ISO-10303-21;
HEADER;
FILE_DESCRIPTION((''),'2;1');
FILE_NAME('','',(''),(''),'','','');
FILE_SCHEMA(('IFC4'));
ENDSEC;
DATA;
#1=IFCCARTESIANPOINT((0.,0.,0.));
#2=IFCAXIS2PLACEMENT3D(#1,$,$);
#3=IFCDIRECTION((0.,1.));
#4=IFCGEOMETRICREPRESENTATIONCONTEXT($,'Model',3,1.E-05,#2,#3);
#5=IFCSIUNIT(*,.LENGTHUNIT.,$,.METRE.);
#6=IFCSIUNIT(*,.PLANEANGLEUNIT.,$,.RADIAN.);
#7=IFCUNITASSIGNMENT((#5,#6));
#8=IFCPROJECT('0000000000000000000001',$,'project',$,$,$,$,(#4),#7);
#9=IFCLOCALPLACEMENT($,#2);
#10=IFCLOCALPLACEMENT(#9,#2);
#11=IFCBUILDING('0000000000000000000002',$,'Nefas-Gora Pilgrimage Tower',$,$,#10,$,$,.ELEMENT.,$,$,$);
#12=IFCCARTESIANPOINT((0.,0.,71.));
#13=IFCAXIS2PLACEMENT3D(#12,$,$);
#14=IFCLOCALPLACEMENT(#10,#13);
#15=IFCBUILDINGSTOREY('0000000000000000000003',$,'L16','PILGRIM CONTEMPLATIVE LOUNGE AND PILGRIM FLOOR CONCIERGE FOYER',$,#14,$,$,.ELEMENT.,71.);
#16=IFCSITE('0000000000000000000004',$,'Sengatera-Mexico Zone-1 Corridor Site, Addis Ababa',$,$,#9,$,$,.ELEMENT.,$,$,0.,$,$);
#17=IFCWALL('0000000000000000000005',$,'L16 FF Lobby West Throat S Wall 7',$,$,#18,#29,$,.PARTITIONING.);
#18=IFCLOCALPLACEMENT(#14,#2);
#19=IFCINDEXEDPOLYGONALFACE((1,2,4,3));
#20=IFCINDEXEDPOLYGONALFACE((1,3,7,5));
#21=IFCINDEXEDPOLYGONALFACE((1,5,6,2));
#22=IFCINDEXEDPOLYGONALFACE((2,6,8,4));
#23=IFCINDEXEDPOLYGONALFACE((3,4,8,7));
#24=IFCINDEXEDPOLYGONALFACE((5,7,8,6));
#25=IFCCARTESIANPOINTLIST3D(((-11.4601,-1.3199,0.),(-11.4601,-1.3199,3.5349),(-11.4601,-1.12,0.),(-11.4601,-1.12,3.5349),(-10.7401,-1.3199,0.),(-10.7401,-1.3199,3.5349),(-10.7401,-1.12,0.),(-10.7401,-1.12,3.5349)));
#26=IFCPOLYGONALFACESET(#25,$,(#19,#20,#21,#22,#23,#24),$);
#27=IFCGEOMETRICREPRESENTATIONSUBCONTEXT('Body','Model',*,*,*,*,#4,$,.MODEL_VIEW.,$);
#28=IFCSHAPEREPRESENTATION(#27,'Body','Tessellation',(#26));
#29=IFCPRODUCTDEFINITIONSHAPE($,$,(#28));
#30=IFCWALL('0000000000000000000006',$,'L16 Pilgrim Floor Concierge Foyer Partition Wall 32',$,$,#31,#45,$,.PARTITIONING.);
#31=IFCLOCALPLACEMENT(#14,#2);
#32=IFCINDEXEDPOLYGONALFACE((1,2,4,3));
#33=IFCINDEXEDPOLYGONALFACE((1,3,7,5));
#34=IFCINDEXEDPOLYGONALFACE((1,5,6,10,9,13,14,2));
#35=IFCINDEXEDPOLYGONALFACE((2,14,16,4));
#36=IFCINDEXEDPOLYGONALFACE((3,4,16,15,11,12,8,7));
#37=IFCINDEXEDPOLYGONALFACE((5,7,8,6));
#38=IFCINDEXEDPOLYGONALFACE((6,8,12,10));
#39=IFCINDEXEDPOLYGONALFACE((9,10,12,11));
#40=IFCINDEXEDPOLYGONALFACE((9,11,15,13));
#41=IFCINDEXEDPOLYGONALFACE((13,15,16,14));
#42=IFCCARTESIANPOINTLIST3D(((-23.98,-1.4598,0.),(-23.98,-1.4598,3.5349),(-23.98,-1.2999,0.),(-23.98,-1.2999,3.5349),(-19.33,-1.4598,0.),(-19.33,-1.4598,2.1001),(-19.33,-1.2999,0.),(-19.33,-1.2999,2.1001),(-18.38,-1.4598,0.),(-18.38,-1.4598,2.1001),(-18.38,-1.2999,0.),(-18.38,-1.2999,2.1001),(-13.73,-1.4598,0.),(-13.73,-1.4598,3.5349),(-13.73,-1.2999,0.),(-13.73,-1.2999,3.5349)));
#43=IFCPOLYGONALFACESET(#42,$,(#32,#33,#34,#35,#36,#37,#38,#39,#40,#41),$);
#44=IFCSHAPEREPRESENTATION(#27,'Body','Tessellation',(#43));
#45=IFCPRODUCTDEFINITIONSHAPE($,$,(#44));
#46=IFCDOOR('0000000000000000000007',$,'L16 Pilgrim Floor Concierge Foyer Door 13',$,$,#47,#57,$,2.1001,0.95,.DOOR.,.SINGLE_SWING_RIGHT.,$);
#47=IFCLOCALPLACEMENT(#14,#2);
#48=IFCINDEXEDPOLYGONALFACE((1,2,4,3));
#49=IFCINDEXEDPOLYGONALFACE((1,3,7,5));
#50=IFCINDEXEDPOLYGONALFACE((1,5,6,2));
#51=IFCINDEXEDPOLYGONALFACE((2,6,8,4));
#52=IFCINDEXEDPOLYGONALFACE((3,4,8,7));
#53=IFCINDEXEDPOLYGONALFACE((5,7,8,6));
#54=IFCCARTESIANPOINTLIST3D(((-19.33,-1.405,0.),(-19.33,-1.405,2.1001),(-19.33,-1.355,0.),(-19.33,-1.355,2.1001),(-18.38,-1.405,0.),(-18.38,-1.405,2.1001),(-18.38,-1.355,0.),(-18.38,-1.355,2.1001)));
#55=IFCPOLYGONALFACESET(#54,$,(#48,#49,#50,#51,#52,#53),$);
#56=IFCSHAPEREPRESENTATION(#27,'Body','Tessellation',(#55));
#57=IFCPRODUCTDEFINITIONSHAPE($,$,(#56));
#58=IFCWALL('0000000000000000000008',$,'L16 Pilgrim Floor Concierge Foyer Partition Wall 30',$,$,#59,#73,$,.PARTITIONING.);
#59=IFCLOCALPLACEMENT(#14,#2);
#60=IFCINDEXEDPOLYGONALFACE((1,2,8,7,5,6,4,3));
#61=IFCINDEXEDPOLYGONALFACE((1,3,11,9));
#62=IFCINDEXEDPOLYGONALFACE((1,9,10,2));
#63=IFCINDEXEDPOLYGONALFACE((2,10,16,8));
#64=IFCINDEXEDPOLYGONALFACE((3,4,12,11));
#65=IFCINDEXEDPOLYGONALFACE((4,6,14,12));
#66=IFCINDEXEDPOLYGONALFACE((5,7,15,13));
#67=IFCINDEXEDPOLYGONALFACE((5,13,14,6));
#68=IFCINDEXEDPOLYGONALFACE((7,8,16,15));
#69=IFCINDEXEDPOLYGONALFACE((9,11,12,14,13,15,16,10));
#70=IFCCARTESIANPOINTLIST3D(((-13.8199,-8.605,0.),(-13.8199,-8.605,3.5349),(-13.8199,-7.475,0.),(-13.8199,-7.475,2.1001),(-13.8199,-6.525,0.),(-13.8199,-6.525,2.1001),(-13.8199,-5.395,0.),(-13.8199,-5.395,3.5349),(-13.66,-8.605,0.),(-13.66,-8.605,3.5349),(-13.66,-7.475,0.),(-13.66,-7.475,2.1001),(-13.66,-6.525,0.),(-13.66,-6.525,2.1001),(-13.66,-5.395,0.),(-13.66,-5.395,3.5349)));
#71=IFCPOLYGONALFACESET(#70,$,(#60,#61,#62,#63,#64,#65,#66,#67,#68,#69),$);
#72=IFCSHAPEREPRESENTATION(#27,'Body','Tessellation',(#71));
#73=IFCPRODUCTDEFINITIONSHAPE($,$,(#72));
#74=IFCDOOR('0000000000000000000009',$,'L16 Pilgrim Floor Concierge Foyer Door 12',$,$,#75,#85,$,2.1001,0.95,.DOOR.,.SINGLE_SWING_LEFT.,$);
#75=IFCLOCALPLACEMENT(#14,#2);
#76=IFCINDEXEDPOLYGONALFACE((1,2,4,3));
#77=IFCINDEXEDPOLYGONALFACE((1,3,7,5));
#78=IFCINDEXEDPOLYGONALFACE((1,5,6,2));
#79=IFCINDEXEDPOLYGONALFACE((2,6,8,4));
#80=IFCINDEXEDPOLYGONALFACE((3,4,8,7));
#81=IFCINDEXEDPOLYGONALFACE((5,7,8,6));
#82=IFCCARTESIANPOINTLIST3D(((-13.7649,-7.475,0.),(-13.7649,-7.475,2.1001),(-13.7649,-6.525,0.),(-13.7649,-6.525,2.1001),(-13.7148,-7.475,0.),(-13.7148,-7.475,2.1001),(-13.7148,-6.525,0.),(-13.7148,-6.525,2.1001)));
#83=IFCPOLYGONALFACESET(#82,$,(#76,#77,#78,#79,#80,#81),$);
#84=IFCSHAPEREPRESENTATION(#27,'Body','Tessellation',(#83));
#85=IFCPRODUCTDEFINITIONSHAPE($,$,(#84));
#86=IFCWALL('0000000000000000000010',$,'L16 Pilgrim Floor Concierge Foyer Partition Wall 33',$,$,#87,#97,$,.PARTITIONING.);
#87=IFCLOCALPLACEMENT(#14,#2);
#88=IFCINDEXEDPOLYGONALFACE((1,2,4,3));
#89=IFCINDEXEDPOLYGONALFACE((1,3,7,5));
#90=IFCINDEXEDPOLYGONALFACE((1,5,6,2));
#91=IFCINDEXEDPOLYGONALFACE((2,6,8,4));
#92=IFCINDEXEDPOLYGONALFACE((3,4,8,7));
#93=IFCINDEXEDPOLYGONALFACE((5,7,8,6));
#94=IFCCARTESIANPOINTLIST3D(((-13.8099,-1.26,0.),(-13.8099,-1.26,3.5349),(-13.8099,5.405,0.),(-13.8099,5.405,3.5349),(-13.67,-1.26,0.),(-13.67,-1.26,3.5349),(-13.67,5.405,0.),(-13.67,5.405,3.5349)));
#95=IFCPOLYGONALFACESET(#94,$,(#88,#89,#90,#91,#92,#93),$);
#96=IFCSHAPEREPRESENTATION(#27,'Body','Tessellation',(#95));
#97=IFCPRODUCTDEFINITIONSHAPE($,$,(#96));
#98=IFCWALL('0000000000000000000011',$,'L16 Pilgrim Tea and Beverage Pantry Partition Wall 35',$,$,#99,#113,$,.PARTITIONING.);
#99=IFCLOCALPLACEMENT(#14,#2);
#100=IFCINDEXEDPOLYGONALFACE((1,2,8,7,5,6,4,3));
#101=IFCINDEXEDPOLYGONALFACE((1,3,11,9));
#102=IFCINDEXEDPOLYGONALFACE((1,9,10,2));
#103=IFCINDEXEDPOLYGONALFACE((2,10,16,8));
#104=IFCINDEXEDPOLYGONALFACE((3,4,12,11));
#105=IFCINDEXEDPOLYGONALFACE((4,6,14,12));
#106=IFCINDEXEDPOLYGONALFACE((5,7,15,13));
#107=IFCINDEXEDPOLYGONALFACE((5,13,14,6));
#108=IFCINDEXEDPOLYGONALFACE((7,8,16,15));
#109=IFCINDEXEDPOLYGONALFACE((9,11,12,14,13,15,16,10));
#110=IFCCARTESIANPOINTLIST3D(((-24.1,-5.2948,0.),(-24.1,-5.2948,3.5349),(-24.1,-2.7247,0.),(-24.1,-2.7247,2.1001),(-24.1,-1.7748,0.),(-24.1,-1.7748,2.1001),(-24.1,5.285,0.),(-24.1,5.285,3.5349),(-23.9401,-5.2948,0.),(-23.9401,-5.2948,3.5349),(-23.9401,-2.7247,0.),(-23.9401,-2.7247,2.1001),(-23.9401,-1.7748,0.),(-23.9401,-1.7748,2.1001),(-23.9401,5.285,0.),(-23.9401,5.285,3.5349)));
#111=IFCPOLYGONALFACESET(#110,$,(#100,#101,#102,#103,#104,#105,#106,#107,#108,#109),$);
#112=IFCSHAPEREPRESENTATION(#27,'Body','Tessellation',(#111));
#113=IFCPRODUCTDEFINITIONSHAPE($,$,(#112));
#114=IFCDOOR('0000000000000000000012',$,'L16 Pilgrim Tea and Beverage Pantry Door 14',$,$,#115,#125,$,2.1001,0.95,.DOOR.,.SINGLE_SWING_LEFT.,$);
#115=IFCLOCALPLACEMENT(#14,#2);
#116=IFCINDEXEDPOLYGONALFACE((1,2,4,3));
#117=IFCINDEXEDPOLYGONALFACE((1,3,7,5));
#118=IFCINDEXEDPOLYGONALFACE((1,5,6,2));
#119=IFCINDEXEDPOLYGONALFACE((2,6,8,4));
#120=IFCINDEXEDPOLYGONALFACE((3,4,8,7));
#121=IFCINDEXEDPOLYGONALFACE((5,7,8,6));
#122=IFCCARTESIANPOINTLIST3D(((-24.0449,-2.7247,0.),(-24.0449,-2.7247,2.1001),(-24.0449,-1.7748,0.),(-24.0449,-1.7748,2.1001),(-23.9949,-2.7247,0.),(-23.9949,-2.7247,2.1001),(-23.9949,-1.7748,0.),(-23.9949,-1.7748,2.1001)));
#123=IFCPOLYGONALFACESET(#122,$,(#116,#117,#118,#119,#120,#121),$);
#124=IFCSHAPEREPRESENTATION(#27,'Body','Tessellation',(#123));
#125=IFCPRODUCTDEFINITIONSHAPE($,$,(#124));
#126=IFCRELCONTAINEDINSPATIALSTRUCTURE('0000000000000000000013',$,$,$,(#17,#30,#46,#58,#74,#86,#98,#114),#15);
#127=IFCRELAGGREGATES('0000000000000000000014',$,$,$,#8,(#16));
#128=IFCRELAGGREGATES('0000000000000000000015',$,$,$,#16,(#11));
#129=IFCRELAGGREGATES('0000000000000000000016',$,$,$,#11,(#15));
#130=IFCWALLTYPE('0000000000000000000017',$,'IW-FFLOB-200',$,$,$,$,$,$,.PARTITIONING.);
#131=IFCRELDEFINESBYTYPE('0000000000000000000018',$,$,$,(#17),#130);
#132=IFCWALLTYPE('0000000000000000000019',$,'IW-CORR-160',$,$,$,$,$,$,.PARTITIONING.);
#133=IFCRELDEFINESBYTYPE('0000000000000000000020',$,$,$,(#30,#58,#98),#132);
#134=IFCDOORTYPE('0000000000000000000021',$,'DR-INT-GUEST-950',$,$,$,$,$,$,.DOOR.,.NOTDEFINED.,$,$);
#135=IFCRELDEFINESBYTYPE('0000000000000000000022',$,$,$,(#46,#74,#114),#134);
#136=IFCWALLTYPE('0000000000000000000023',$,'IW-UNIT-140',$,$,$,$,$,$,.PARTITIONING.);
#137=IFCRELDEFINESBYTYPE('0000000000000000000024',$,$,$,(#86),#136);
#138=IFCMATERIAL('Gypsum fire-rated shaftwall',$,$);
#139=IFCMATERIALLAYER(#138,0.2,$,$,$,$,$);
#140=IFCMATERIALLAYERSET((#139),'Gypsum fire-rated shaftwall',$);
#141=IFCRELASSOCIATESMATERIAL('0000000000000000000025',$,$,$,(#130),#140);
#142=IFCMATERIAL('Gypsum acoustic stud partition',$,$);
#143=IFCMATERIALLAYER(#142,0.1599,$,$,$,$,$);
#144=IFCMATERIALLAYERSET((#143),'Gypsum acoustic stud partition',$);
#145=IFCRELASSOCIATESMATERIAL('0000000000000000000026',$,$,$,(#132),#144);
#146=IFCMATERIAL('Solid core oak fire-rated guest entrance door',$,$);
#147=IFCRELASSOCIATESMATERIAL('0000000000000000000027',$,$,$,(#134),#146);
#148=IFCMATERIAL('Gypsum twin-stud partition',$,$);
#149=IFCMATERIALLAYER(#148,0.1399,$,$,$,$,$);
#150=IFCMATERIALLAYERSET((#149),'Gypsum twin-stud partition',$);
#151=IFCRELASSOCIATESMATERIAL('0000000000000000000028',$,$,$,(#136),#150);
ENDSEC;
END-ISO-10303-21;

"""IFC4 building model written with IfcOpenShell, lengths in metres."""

from ifc_helpers import new_model, si_unit, direction, frame, frame_2d, origin, place, context, subcontext, project, spatial, rectangle, extrude, source, transform, mapped, material, layer, layer_set, type_object, element, fill, save


model = new_model("IFC4")

# Units and contexts
model_context = context("Model", 3, precision=1e-05, world=origin(), true_north=direction((0.0, 1.0)))
body_context = subcontext(model_context, "Body", "Model", "MODEL_VIEW")
ifc_project = project(units=[si_unit("LENGTHUNIT", "METRE"), si_unit("PLANEANGLEUNIT", "RADIAN")], contexts=[model_context])

# Site, building, storey
site_placement = place(None, origin())
site = spatial("IfcSite", under=ifc_project, at=site_placement, Name="Sengatera-Mexico Zone-1 Corridor Site, Addis Ababa", CompositionType="ELEMENT", RefElevation=0.0)
building_placement = place(site_placement, origin())
building = spatial("IfcBuilding", under=site, at=building_placement, Name="Nefas-Gora Pilgrimage Tower", CompositionType="ELEMENT")
storey_placement = place(building_placement, frame((0.0, 0.0, 71.0)))
storey = spatial("IfcBuildingStorey", under=building, at=storey_placement, Name="L16", Description="PILGRIM CONTEMPLATIVE LOUNGE AND PILGRIM FLOOR CONCIERGE FOYER", CompositionType="ELEMENT", Elevation=71.0)

# Shared definitions
ifc_material_1 = material(Name="Gypsum fire-rated shaftwall")
ifc_layer_1 = layer(ifc_material_1, 0.2)
ifc_layer_set_1 = layer_set([ifc_layer_1], Name="Gypsum fire-rated shaftwall")
wall_type_1 = type_object("IfcWallType", Name="IW-FFLOB-200", PredefinedType="PARTITIONING", material=ifc_layer_set_1)

# Wall
shared_shape_1 = source(origin(), body_context, "Body", "SweptSolid", [
    extrude(rectangle(XDim=0.72, YDim=0.2, at=frame_2d((0.3599, 0.0))), origin(), (0.0, 0.0, 1.0), 3.5349),
])
wall_1_placement = place(storey_placement, frame((-11.46, -1.22, 0.0), z_axis=(0.0, 0.0, 1.0), x_axis=(1.0, 0.0, 0.0)))
element("IfcWall", 1, at=wall_1_placement, inside=storey, type_object=wall_type_1, Name="L16 FF Lobby West Throat S Wall 7", PredefinedType="PARTITIONING", context=body_context, shape_type="MappedRepresentation", body=[
    mapped(shared_shape_1, transform((0.0, 0.0, 0.0), x_axis=(1.0, 0.0, 0.0), y_axis=(0.0, 1.0, 0.0), z_axis=(0.0, 0.0, 1.0), scale=1.0)),
])

# Walls, openings, doors
ifc_material_2 = material(Name="Gypsum acoustic stud partition")
ifc_layer_2 = layer(ifc_material_2, 0.1599)
ifc_layer_set_2 = layer_set([ifc_layer_2], Name="Gypsum acoustic stud partition")
wall_type_2 = type_object("IfcWallType", Name="IW-CORR-160", PredefinedType="PARTITIONING", material=ifc_layer_set_2)
shared_shape_2 = source(origin(), body_context, "Body", "SweptSolid", [
    extrude(rectangle(XDim=10.25, YDim=0.1599, at=frame_2d((5.125, 0.0))), origin(), (0.0, 0.0, 1.0), 3.5349),
])
wall_2_placement = place(storey_placement, frame((-23.98, -1.3799, 0.0), z_axis=(0.0, 0.0, 1.0), x_axis=(1.0, 0.0, 0.0)))
wall_2 = element("IfcWall", 2, at=wall_2_placement, inside=storey, type_object=wall_type_2, Name="L16 Pilgrim Floor Concierge Foyer Partition Wall 32", PredefinedType="PARTITIONING", context=body_context, shape_type="MappedRepresentation", body=[
    mapped(shared_shape_2, transform((0.0, 0.0, 0.0), x_axis=(1.0, 0.0, 0.0), y_axis=(0.0, 1.0, 0.0), z_axis=(0.0, 0.0, 1.0), scale=1.0)),
])
opening_1_placement = place(wall_2_placement, frame((4.6499, 0.0, 0.0)))
opening_1 = element("IfcOpeningElement", 3, at=opening_1_placement, cuts=wall_2, PredefinedType="OPENING", context=body_context, shape_type="SweptSolid", body=[
    extrude(rectangle(XDim=0.95, YDim=2.1001, at=frame_2d((0.4751, 1.05))), frame((0.0, 0.0898, 0.0), z_axis=(0.0, -1.0, 0.0), x_axis=(1.0, 0.0, 0.0)), (0.0, 0.0, 1.0), 0.1799),
])
ifc_material_3 = material(Name="Solid core oak fire-rated guest entrance door")
door_type_1 = type_object("IfcDoorType", Name="DR-INT-GUEST-950", OperationType="NOTDEFINED", PredefinedType="DOOR", material=ifc_material_3)
shared_shape_3 = source(origin(), body_context, "Body", "SweptSolid", [
    extrude(rectangle(XDim=0.95, YDim=2.1001, at=frame_2d((0.4751, 1.05))), frame((0.0, 0.0249, 0.0), z_axis=(0.0, -1.0, 0.0), x_axis=(1.0, 0.0, 0.0)), (0.0, 0.0, 1.0), 0.05),
])
door_1_placement = place(opening_1_placement, origin())
door_1 = element("IfcDoor", 4, at=door_1_placement, inside=storey, type_object=door_type_1, Name="L16 Pilgrim Floor Concierge Foyer Door 13", OperationType="SINGLE_SWING_RIGHT", OverallHeight=2.1001, OverallWidth=0.95, PredefinedType="DOOR", context=body_context, shape_type="MappedRepresentation", body=[
    mapped(shared_shape_3, transform((0.0, 0.0, 0.0), x_axis=(1.0, 0.0, 0.0), y_axis=(0.0, 1.0, 0.0), z_axis=(0.0, 0.0, 1.0), scale=1.0)),
])
fill(opening_1, door_1)
shared_shape_4 = source(origin(), body_context, "Body", "SweptSolid", [
    extrude(rectangle(XDim=3.21, YDim=0.1599, at=frame_2d((1.605, 0.0))), origin(), (0.0, 0.0, 1.0), 3.5349),
])
wall_3_placement = place(storey_placement, frame((-13.74, -8.605, 0.0), z_axis=(0.0, 0.0, 1.0), x_axis=(0.0, 1.0, 0.0)))
wall_3 = element("IfcWall", 5, at=wall_3_placement, inside=storey, type_object=wall_type_2, Name="L16 Pilgrim Floor Concierge Foyer Partition Wall 30", PredefinedType="PARTITIONING", context=body_context, shape_type="MappedRepresentation", body=[
    mapped(shared_shape_4, transform((0.0, 0.0, 0.0), x_axis=(1.0, 0.0, 0.0), y_axis=(0.0, 1.0, 0.0), z_axis=(0.0, 0.0, 1.0), scale=1.0)),
])
opening_2_placement = place(wall_3_placement, frame((1.1299, 0.0, 0.0)))
opening_2 = element("IfcOpeningElement", 6, at=opening_2_placement, cuts=wall_3, PredefinedType="OPENING", context=body_context, shape_type="SweptSolid", body=[
    extrude(rectangle(XDim=0.95, YDim=2.1001, at=frame_2d((0.4751, 1.05))), frame((0.0, 0.0898, 0.0), z_axis=(0.0, -1.0, 0.0), x_axis=(1.0, 0.0, 0.0)), (0.0, 0.0, 1.0), 0.1799),
])
door_2_placement = place(opening_2_placement, origin())
door_2 = element("IfcDoor", 7, at=door_2_placement, inside=storey, type_object=door_type_1, Name="L16 Pilgrim Floor Concierge Foyer Door 12", OperationType="SINGLE_SWING_LEFT", OverallHeight=2.1001, OverallWidth=0.95, PredefinedType="DOOR", context=body_context, shape_type="MappedRepresentation", body=[
    mapped(shared_shape_3, transform((0.0, 0.0, 0.0), x_axis=(1.0, 0.0, 0.0), y_axis=(0.0, 1.0, 0.0), z_axis=(0.0, 0.0, 1.0), scale=1.0)),
])
fill(opening_2, door_2)

# Wall
ifc_material_4 = material(Name="Gypsum twin-stud partition")
ifc_layer_3 = layer(ifc_material_4, 0.1399)
ifc_layer_set_3 = layer_set([ifc_layer_3], Name="Gypsum twin-stud partition")
wall_type_3 = type_object("IfcWallType", Name="IW-UNIT-140", PredefinedType="PARTITIONING", material=ifc_layer_set_3)
shared_shape_5 = source(origin(), body_context, "Body", "SweptSolid", [
    extrude(rectangle(XDim=6.665, YDim=0.1399, at=frame_2d((3.3325, 0.0))), origin(), (0.0, 0.0, 1.0), 3.5349),
])
wall_4_placement = place(storey_placement, frame((-13.74, -1.26, 0.0), z_axis=(0.0, 0.0, 1.0), x_axis=(0.0, 1.0, 0.0)))
element("IfcWall", 8, at=wall_4_placement, inside=storey, type_object=wall_type_3, Name="L16 Pilgrim Floor Concierge Foyer Partition Wall 33", PredefinedType="PARTITIONING", context=body_context, shape_type="MappedRepresentation", body=[
    mapped(shared_shape_5, transform((0.0, 0.0, 0.0), x_axis=(1.0, 0.0, 0.0), y_axis=(0.0, 1.0, 0.0), z_axis=(0.0, 0.0, 1.0), scale=1.0)),
])

# Wall, opening, door
shared_shape_6 = source(origin(), body_context, "Body", "SweptSolid", [
    extrude(rectangle(XDim=10.5798, YDim=0.1599, at=frame_2d((5.29, 0.0))), origin(), (0.0, 0.0, 1.0), 3.5349),
])
wall_5_placement = place(storey_placement, frame((-24.02, -5.2949, 0.0), z_axis=(0.0, 0.0, 1.0), x_axis=(0.0, 1.0, 0.0)))
wall_5 = element("IfcWall", 9, at=wall_5_placement, inside=storey, type_object=wall_type_2, Name="L16 Pilgrim Tea and Beverage Pantry Partition Wall 35", PredefinedType="PARTITIONING", context=body_context, shape_type="MappedRepresentation", body=[
    mapped(shared_shape_6, transform((0.0, 0.0, 0.0), x_axis=(1.0, 0.0, 0.0), y_axis=(0.0, 1.0, 0.0), z_axis=(0.0, 0.0, 1.0), scale=1.0)),
])
opening_3_placement = place(wall_5_placement, frame((2.5701, 0.0, 0.0)))
opening_3 = element("IfcOpeningElement", 10, at=opening_3_placement, cuts=wall_5, PredefinedType="OPENING", context=body_context, shape_type="SweptSolid", body=[
    extrude(rectangle(XDim=0.95, YDim=2.1001, at=frame_2d((0.4751, 1.05))), frame((0.0, 0.0898, 0.0), z_axis=(0.0, -1.0, 0.0), x_axis=(1.0, 0.0, 0.0)), (0.0, 0.0, 1.0), 0.1799),
])
door_3_placement = place(opening_3_placement, origin())
door_3 = element("IfcDoor", 11, at=door_3_placement, inside=storey, type_object=door_type_1, Name="L16 Pilgrim Tea and Beverage Pantry Door 14", OperationType="SINGLE_SWING_LEFT", OverallHeight=2.1001, OverallWidth=0.95, PredefinedType="DOOR", context=body_context, shape_type="MappedRepresentation", body=[
    mapped(shared_shape_3, transform((0.0, 0.0, 0.0), x_axis=(1.0, 0.0, 0.0), y_axis=(0.0, 1.0, 0.0), z_axis=(0.0, 0.0, 1.0), scale=1.0)),
])
fill(opening_3, door_3)

save(model, "model.ifc")
